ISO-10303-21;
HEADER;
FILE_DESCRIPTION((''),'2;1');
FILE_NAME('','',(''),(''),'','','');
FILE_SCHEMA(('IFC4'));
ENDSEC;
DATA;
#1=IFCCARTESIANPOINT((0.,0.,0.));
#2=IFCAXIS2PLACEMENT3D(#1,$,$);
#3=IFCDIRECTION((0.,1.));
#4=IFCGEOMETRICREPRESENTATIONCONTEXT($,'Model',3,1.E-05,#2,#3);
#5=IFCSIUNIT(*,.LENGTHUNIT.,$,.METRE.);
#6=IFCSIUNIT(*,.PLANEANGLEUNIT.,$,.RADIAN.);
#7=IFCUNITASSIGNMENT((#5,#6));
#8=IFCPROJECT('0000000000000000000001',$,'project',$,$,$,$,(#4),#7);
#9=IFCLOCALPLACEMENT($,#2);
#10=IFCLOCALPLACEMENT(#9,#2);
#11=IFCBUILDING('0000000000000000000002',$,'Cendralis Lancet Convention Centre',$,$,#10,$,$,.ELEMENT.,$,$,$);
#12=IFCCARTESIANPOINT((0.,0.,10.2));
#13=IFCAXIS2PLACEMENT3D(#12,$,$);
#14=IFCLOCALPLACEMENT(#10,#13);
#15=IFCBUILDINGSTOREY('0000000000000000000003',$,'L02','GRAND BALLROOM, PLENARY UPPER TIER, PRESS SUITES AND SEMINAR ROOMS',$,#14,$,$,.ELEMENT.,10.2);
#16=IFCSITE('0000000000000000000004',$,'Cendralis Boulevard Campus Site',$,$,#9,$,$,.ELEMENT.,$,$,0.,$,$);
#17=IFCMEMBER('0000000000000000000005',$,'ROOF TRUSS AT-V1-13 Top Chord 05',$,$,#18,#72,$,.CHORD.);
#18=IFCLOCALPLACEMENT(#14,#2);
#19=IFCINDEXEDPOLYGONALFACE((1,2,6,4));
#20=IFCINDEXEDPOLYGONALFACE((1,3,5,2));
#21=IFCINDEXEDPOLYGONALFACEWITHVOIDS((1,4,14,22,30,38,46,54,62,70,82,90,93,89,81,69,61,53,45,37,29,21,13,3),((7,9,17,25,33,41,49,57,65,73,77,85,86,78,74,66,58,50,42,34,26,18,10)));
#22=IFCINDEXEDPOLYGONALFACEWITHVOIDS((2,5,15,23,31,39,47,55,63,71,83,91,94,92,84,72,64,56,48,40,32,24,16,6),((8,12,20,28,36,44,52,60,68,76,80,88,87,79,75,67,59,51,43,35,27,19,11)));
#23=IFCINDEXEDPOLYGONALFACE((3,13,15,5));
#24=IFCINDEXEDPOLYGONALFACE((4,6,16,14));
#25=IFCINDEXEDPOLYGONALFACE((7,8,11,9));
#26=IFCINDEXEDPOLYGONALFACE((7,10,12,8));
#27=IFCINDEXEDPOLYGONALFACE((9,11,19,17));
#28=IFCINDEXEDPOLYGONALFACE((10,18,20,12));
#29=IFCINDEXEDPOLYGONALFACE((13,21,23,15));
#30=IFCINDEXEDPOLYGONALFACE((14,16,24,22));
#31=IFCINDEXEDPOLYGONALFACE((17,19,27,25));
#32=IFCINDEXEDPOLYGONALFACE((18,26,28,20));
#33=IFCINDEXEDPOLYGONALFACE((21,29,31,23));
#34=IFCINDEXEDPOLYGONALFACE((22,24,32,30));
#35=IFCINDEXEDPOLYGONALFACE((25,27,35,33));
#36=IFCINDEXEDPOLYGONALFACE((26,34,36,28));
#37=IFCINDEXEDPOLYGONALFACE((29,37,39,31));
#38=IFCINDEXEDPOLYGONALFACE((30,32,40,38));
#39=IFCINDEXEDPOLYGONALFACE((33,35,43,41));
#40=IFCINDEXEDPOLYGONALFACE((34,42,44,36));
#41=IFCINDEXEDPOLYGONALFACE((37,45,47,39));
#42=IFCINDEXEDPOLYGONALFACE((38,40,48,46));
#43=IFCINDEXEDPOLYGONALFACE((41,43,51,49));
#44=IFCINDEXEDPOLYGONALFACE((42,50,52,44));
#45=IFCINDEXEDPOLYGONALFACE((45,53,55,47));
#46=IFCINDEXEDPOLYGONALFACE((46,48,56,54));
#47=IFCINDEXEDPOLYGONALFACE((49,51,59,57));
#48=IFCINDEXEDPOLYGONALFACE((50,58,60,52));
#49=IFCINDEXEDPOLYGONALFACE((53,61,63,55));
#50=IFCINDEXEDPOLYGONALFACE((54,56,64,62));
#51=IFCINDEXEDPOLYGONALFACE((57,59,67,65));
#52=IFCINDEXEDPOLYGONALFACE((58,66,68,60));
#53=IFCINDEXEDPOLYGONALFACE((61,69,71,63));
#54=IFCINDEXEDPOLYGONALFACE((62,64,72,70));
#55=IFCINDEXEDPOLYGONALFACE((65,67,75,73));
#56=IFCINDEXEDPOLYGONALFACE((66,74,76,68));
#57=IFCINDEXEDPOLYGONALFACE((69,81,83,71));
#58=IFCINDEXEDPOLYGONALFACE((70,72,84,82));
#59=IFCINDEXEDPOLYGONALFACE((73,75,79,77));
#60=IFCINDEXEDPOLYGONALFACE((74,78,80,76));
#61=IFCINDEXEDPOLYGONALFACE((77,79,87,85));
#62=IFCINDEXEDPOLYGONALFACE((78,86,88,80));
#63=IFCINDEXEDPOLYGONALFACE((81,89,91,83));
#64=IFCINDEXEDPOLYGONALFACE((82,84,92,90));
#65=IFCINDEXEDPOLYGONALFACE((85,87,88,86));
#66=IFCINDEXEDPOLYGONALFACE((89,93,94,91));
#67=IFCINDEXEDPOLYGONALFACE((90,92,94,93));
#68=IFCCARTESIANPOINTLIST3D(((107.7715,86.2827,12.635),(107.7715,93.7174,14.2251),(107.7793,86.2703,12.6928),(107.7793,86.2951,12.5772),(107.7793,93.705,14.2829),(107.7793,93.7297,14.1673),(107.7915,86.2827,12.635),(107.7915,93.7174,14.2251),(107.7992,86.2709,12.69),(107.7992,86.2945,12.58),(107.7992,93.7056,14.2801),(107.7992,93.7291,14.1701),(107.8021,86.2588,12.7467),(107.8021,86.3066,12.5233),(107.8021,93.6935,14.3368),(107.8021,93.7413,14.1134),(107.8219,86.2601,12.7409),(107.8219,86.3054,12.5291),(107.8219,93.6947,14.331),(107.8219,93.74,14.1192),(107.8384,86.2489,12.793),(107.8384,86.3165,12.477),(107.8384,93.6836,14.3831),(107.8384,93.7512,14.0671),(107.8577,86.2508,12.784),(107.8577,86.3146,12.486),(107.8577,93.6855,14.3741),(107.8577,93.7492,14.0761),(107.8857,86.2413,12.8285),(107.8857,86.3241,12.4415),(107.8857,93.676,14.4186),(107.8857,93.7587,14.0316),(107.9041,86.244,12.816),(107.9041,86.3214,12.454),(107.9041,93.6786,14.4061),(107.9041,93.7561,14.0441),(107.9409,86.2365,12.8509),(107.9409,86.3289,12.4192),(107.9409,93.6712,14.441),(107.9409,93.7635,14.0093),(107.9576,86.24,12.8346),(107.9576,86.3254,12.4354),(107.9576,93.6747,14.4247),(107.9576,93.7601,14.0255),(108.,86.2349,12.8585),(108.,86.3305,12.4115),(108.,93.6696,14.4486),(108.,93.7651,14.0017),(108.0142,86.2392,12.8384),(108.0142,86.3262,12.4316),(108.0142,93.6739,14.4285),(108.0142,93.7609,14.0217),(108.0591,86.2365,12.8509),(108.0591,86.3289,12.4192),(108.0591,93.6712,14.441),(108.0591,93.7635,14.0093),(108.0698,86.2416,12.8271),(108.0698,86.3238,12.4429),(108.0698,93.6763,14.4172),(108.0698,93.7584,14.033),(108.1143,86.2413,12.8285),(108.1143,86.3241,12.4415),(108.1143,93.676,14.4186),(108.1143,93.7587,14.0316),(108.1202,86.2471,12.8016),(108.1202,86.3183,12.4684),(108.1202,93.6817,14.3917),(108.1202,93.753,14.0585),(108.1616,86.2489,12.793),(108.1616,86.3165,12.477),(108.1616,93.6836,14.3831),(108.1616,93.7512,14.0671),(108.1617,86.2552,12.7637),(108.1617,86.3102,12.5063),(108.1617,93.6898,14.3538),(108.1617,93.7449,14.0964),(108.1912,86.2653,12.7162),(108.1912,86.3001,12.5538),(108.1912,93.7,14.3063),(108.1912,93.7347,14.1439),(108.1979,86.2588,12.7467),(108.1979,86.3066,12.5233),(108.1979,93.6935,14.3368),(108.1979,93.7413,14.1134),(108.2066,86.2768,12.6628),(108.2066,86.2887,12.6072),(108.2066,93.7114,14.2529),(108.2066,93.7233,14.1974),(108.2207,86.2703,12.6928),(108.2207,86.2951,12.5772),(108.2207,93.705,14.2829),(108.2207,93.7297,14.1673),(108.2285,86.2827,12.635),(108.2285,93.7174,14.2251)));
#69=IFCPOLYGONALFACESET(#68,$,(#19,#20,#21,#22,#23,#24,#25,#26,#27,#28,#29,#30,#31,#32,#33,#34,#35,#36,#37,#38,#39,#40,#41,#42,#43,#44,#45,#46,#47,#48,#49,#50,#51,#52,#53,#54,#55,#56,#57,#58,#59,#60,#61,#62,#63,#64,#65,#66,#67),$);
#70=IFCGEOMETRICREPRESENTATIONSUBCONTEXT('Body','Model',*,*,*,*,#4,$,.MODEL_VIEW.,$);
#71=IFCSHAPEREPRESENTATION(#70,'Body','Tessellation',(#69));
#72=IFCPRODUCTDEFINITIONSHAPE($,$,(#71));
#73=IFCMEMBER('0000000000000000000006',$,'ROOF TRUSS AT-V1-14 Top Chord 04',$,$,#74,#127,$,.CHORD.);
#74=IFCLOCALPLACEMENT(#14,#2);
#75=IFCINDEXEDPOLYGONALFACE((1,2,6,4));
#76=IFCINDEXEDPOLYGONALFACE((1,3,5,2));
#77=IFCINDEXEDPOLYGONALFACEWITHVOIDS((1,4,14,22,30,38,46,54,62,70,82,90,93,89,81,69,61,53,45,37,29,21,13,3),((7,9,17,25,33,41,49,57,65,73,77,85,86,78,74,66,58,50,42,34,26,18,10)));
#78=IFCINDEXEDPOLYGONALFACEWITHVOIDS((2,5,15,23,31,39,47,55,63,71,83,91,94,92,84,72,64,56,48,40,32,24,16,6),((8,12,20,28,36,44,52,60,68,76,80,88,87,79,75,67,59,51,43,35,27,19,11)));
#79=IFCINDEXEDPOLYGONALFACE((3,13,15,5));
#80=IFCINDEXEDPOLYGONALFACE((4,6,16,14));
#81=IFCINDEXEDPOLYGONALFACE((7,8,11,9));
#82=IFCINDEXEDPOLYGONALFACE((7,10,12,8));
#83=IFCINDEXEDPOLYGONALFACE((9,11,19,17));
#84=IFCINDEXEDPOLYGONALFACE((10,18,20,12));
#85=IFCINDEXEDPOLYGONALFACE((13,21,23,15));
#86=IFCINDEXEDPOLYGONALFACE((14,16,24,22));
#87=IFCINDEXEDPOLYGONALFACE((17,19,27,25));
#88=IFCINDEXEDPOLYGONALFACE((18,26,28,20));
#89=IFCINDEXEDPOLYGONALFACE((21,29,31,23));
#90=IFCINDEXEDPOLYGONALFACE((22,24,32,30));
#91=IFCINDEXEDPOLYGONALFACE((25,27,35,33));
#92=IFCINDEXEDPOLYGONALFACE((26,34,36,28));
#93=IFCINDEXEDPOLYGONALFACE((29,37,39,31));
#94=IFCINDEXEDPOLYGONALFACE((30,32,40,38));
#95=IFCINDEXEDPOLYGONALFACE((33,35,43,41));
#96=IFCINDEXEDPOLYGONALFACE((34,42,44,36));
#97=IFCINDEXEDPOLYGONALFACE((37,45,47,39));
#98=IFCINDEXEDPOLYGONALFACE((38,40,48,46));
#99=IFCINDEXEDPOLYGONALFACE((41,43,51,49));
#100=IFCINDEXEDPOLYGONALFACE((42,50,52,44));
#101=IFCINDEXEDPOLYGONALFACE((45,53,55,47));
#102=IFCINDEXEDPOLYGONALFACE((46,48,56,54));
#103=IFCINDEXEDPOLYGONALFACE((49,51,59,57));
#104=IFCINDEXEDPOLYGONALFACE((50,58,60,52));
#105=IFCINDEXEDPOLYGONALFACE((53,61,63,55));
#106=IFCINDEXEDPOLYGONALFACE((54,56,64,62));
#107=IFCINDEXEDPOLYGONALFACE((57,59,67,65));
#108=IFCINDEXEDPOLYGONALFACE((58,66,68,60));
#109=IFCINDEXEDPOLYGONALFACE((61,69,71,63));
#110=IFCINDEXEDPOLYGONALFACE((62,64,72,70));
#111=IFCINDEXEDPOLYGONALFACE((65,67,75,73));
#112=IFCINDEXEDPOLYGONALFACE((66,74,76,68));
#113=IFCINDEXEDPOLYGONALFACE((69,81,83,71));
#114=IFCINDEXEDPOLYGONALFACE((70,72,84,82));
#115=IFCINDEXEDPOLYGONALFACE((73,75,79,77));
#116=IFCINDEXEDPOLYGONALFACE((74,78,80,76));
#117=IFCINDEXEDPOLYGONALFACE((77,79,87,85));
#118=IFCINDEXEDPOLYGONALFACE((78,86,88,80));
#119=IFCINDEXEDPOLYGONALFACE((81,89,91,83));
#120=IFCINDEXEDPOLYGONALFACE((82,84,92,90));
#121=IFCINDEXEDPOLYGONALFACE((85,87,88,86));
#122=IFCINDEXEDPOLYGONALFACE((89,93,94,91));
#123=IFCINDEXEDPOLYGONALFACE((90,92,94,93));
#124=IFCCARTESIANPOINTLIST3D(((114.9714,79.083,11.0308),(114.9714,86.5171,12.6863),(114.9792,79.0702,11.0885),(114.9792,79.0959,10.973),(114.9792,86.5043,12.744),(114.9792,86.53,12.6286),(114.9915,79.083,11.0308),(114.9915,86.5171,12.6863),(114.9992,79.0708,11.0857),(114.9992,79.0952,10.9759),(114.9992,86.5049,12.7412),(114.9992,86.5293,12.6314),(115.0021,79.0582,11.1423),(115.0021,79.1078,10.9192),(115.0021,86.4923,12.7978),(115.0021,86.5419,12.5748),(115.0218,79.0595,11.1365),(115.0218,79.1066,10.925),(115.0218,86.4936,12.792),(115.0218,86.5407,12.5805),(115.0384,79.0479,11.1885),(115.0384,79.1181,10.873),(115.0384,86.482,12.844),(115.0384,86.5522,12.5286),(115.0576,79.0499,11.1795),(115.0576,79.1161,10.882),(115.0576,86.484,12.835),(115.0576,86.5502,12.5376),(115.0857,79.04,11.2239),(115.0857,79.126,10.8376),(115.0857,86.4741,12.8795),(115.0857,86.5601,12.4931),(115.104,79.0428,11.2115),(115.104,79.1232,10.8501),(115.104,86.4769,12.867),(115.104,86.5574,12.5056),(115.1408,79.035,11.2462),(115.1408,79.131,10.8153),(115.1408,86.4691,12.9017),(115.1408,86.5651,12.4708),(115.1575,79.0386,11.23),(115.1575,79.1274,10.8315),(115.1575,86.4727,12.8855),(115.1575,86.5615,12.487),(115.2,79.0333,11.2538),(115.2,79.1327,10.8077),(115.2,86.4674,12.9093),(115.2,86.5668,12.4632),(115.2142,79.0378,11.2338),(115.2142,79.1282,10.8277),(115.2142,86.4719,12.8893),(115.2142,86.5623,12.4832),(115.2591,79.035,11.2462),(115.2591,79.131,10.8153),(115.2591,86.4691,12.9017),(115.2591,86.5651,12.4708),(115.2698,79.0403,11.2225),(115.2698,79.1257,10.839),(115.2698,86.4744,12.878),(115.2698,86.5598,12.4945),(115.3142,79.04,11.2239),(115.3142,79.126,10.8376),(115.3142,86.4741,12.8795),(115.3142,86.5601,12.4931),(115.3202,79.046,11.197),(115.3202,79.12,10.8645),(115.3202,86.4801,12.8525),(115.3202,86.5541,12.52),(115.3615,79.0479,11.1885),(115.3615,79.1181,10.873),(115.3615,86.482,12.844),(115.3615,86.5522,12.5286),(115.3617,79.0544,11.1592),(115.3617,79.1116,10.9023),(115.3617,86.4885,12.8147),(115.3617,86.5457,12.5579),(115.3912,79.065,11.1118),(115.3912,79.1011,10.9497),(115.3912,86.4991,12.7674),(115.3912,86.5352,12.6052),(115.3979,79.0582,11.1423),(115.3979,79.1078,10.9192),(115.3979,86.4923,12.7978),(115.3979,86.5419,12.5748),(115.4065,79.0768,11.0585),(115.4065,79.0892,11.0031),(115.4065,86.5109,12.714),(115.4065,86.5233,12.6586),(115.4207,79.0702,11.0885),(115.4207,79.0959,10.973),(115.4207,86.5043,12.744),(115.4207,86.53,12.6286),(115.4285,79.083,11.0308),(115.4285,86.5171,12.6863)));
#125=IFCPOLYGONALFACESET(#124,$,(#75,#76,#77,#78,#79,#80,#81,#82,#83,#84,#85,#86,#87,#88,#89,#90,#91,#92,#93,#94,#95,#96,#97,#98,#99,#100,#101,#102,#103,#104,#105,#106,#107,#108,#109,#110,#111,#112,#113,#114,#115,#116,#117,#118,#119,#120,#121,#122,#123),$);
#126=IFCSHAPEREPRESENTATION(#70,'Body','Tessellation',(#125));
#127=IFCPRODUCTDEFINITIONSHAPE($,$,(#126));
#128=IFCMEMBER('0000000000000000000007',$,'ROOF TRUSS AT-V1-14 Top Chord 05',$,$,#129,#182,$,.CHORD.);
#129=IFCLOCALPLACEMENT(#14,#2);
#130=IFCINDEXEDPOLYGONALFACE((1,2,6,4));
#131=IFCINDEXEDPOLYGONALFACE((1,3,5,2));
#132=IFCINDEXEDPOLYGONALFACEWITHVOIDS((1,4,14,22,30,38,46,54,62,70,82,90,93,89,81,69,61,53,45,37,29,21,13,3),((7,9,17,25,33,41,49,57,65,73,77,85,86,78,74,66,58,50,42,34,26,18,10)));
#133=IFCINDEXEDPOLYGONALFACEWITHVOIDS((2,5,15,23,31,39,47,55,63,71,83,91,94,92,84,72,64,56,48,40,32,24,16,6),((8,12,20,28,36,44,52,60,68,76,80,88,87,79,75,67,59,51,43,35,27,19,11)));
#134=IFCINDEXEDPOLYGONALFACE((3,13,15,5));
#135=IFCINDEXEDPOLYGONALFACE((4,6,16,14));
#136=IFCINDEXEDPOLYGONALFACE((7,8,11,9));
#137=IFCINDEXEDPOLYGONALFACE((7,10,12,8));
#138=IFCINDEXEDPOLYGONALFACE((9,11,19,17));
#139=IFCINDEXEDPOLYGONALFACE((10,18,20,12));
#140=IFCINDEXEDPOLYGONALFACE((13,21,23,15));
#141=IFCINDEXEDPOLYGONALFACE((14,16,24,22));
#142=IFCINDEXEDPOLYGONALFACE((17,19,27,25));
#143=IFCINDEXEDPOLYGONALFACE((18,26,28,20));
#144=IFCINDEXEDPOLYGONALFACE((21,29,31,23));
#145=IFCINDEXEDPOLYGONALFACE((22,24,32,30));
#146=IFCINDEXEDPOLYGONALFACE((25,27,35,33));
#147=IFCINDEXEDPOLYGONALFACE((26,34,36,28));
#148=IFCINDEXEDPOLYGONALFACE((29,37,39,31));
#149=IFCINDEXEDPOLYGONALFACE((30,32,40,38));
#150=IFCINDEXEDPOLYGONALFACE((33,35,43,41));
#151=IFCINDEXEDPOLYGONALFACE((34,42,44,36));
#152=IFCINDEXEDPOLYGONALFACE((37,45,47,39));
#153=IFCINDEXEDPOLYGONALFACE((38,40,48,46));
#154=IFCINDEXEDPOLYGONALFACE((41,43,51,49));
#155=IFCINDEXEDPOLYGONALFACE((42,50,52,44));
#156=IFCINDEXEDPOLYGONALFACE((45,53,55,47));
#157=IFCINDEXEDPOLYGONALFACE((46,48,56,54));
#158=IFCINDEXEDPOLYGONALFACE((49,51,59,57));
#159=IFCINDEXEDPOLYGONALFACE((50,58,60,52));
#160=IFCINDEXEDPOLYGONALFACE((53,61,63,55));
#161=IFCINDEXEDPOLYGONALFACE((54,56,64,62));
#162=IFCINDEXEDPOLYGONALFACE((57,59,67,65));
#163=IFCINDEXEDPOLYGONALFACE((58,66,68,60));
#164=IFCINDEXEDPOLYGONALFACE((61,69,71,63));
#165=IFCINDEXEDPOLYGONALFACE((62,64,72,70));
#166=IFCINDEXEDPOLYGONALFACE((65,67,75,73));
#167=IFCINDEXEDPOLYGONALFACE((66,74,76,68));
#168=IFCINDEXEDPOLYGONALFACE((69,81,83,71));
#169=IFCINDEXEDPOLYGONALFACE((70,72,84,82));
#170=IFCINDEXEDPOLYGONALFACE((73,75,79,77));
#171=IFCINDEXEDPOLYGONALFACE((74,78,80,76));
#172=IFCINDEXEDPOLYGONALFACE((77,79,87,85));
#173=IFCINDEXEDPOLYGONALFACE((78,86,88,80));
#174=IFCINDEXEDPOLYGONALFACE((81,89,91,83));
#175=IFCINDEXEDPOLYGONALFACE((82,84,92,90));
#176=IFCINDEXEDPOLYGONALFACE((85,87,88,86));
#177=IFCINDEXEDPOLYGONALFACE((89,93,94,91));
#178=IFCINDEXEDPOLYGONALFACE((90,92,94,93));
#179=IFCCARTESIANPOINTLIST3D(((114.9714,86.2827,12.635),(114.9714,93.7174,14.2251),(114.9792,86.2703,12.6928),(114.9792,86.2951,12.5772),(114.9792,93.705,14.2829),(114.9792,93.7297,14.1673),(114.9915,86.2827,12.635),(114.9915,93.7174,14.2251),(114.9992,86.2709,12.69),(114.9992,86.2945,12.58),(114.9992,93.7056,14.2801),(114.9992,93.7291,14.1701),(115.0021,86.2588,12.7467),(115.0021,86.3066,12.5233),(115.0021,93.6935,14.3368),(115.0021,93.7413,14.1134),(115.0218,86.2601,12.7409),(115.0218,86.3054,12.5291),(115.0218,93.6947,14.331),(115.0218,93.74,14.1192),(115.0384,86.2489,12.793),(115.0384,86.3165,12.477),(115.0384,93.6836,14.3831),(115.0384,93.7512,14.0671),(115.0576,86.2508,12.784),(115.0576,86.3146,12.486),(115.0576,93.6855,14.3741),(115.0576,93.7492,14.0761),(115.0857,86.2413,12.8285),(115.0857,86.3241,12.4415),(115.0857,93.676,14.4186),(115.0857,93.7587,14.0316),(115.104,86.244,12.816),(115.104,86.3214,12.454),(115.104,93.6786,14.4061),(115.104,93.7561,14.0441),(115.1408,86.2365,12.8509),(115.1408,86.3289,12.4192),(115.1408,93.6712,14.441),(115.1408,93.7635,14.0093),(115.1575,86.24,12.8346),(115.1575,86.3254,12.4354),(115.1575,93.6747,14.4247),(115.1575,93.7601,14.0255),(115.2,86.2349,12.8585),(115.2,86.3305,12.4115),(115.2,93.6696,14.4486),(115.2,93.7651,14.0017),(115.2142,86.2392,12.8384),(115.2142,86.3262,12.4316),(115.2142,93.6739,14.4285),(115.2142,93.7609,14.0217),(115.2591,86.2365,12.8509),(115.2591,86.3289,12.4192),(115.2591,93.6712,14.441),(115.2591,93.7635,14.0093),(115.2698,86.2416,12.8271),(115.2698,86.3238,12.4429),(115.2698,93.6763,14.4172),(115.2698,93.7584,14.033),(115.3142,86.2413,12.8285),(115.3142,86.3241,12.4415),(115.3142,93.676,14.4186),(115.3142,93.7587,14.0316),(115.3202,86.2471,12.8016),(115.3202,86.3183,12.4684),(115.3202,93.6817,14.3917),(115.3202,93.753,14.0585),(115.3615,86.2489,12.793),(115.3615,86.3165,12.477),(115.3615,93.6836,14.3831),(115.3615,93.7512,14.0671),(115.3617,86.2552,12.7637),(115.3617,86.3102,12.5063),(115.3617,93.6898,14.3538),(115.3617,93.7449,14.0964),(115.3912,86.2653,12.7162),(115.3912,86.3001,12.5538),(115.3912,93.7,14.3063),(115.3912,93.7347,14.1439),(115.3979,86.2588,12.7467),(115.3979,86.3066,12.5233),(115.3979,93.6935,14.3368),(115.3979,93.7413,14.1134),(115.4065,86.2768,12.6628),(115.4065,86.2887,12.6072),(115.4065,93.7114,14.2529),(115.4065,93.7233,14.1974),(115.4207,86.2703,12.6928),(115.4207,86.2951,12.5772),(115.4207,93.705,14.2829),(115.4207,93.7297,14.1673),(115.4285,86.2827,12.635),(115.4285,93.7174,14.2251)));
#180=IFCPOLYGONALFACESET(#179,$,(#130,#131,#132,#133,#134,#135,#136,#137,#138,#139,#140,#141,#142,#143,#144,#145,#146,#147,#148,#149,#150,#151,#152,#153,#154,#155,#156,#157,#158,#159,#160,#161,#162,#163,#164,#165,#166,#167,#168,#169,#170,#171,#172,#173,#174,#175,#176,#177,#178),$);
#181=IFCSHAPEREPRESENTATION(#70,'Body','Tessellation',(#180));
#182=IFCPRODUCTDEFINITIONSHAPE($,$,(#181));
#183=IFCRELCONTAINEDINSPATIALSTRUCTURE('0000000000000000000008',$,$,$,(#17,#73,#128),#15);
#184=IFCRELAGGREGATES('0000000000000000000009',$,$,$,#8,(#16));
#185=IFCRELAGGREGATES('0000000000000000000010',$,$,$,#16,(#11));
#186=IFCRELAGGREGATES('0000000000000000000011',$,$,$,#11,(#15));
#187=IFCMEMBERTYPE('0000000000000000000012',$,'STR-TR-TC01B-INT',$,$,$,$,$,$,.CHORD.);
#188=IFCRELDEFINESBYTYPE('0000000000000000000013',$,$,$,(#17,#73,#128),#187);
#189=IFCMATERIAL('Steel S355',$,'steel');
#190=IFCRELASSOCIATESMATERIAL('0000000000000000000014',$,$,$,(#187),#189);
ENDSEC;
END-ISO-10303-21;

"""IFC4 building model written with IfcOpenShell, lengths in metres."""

from ifc_helpers import new_model, si_unit, direction, frame, origin, origin_2d, place, context, subcontext, project, spatial, hollow_circle, extrude, material, material_profile, profile_set, type_object, element, save


model = new_model("IFC4")

# Units and contexts
model_context = context("Model", 3, precision=1e-05, world=origin(), true_north=direction((0.0, 1.0)))
body_context = subcontext(model_context, "Body", "Model", "MODEL_VIEW")
ifc_project = project(units=[si_unit("LENGTHUNIT", "METRE"), si_unit("PLANEANGLEUNIT", "RADIAN")], contexts=[model_context])

# Site, building, storey
site_placement = place(None, origin())
site = spatial("IfcSite", under=ifc_project, at=site_placement, Name="Cendralis Boulevard Campus Site", CompositionType="ELEMENT", RefElevation=0.0)
building_placement = place(site_placement, origin())
building = spatial("IfcBuilding", under=site, at=building_placement, Name="Cendralis Lancet Convention Centre", CompositionType="ELEMENT")
storey_placement = place(building_placement, frame((0.0, 0.0, 10.2)))
storey = spatial("IfcBuildingStorey", under=building, at=storey_placement, Name="L02", Description="GRAND BALLROOM, PLENARY UPPER TIER, PRESS SUITES AND SEMINAR ROOMS", CompositionType="ELEMENT", Elevation=10.2)

# Members
ifc_material = material(Name="Steel S355", Category="steel")
ifc_material_profile_1 = material_profile(ifc_material, hollow_circle(Radius=0.2285, WallThickness=0.02, at=origin_2d()), Name="CHS 457.0x20.0")
ifc_profile_set_1 = profile_set([ifc_material_profile_1], Name="Steel S355")
member_type_1 = type_object("IfcMemberType", Name="STR-TR-TC01B-INT", PredefinedType="CHORD", material=ifc_profile_set_1)
member_1_placement = place(storey_placement, frame((108.0, 86.2827, 12.635), z_axis=(0.0, 0.977884, 0.209147), x_axis=(-1.0, 0.0, 0.0)))
element("IfcMember", 1, at=member_1_placement, inside=storey, type_object=member_type_1, Name="ROOF TRUSS AT-V1-13 Top Chord 05", PredefinedType="CHORD", context=body_context, shape_type="SweptSolid", body=[
    extrude(hollow_circle(Radius=0.2285, WallThickness=0.02, at=origin_2d()), origin(), (0.0, 0.0, 1.0), 7.6028),
])
member_2_placement = place(storey_placement, frame((115.2, 79.083, 11.0308), z_axis=(0.0, 0.97609, 0.217368), x_axis=(-1.0, 0.0, 0.0)))
element("IfcMember", 2, at=member_2_placement, inside=storey, type_object=member_type_1, Name="ROOF TRUSS AT-V1-14 Top Chord 04", PredefinedType="CHORD", context=body_context, shape_type="SweptSolid", body=[
    extrude(hollow_circle(Radius=0.2285, WallThickness=0.02, at=origin_2d()), origin(), (0.0, 0.0, 1.0), 7.6162),
])
member_3_placement = place(storey_placement, frame((115.2, 86.2827, 12.635), z_axis=(0.0, 0.977884, 0.209147), x_axis=(-1.0, 0.0, 0.0)))
element("IfcMember", 3, at=member_3_placement, inside=storey, type_object=member_type_1, Name="ROOF TRUSS AT-V1-14 Top Chord 05", PredefinedType="CHORD", context=body_context, shape_type="SweptSolid", body=[
    extrude(hollow_circle(Radius=0.2285, WallThickness=0.02, at=origin_2d()), origin(), (0.0, 0.0, 1.0), 7.6028),
])

save(model, "model.ifc")
